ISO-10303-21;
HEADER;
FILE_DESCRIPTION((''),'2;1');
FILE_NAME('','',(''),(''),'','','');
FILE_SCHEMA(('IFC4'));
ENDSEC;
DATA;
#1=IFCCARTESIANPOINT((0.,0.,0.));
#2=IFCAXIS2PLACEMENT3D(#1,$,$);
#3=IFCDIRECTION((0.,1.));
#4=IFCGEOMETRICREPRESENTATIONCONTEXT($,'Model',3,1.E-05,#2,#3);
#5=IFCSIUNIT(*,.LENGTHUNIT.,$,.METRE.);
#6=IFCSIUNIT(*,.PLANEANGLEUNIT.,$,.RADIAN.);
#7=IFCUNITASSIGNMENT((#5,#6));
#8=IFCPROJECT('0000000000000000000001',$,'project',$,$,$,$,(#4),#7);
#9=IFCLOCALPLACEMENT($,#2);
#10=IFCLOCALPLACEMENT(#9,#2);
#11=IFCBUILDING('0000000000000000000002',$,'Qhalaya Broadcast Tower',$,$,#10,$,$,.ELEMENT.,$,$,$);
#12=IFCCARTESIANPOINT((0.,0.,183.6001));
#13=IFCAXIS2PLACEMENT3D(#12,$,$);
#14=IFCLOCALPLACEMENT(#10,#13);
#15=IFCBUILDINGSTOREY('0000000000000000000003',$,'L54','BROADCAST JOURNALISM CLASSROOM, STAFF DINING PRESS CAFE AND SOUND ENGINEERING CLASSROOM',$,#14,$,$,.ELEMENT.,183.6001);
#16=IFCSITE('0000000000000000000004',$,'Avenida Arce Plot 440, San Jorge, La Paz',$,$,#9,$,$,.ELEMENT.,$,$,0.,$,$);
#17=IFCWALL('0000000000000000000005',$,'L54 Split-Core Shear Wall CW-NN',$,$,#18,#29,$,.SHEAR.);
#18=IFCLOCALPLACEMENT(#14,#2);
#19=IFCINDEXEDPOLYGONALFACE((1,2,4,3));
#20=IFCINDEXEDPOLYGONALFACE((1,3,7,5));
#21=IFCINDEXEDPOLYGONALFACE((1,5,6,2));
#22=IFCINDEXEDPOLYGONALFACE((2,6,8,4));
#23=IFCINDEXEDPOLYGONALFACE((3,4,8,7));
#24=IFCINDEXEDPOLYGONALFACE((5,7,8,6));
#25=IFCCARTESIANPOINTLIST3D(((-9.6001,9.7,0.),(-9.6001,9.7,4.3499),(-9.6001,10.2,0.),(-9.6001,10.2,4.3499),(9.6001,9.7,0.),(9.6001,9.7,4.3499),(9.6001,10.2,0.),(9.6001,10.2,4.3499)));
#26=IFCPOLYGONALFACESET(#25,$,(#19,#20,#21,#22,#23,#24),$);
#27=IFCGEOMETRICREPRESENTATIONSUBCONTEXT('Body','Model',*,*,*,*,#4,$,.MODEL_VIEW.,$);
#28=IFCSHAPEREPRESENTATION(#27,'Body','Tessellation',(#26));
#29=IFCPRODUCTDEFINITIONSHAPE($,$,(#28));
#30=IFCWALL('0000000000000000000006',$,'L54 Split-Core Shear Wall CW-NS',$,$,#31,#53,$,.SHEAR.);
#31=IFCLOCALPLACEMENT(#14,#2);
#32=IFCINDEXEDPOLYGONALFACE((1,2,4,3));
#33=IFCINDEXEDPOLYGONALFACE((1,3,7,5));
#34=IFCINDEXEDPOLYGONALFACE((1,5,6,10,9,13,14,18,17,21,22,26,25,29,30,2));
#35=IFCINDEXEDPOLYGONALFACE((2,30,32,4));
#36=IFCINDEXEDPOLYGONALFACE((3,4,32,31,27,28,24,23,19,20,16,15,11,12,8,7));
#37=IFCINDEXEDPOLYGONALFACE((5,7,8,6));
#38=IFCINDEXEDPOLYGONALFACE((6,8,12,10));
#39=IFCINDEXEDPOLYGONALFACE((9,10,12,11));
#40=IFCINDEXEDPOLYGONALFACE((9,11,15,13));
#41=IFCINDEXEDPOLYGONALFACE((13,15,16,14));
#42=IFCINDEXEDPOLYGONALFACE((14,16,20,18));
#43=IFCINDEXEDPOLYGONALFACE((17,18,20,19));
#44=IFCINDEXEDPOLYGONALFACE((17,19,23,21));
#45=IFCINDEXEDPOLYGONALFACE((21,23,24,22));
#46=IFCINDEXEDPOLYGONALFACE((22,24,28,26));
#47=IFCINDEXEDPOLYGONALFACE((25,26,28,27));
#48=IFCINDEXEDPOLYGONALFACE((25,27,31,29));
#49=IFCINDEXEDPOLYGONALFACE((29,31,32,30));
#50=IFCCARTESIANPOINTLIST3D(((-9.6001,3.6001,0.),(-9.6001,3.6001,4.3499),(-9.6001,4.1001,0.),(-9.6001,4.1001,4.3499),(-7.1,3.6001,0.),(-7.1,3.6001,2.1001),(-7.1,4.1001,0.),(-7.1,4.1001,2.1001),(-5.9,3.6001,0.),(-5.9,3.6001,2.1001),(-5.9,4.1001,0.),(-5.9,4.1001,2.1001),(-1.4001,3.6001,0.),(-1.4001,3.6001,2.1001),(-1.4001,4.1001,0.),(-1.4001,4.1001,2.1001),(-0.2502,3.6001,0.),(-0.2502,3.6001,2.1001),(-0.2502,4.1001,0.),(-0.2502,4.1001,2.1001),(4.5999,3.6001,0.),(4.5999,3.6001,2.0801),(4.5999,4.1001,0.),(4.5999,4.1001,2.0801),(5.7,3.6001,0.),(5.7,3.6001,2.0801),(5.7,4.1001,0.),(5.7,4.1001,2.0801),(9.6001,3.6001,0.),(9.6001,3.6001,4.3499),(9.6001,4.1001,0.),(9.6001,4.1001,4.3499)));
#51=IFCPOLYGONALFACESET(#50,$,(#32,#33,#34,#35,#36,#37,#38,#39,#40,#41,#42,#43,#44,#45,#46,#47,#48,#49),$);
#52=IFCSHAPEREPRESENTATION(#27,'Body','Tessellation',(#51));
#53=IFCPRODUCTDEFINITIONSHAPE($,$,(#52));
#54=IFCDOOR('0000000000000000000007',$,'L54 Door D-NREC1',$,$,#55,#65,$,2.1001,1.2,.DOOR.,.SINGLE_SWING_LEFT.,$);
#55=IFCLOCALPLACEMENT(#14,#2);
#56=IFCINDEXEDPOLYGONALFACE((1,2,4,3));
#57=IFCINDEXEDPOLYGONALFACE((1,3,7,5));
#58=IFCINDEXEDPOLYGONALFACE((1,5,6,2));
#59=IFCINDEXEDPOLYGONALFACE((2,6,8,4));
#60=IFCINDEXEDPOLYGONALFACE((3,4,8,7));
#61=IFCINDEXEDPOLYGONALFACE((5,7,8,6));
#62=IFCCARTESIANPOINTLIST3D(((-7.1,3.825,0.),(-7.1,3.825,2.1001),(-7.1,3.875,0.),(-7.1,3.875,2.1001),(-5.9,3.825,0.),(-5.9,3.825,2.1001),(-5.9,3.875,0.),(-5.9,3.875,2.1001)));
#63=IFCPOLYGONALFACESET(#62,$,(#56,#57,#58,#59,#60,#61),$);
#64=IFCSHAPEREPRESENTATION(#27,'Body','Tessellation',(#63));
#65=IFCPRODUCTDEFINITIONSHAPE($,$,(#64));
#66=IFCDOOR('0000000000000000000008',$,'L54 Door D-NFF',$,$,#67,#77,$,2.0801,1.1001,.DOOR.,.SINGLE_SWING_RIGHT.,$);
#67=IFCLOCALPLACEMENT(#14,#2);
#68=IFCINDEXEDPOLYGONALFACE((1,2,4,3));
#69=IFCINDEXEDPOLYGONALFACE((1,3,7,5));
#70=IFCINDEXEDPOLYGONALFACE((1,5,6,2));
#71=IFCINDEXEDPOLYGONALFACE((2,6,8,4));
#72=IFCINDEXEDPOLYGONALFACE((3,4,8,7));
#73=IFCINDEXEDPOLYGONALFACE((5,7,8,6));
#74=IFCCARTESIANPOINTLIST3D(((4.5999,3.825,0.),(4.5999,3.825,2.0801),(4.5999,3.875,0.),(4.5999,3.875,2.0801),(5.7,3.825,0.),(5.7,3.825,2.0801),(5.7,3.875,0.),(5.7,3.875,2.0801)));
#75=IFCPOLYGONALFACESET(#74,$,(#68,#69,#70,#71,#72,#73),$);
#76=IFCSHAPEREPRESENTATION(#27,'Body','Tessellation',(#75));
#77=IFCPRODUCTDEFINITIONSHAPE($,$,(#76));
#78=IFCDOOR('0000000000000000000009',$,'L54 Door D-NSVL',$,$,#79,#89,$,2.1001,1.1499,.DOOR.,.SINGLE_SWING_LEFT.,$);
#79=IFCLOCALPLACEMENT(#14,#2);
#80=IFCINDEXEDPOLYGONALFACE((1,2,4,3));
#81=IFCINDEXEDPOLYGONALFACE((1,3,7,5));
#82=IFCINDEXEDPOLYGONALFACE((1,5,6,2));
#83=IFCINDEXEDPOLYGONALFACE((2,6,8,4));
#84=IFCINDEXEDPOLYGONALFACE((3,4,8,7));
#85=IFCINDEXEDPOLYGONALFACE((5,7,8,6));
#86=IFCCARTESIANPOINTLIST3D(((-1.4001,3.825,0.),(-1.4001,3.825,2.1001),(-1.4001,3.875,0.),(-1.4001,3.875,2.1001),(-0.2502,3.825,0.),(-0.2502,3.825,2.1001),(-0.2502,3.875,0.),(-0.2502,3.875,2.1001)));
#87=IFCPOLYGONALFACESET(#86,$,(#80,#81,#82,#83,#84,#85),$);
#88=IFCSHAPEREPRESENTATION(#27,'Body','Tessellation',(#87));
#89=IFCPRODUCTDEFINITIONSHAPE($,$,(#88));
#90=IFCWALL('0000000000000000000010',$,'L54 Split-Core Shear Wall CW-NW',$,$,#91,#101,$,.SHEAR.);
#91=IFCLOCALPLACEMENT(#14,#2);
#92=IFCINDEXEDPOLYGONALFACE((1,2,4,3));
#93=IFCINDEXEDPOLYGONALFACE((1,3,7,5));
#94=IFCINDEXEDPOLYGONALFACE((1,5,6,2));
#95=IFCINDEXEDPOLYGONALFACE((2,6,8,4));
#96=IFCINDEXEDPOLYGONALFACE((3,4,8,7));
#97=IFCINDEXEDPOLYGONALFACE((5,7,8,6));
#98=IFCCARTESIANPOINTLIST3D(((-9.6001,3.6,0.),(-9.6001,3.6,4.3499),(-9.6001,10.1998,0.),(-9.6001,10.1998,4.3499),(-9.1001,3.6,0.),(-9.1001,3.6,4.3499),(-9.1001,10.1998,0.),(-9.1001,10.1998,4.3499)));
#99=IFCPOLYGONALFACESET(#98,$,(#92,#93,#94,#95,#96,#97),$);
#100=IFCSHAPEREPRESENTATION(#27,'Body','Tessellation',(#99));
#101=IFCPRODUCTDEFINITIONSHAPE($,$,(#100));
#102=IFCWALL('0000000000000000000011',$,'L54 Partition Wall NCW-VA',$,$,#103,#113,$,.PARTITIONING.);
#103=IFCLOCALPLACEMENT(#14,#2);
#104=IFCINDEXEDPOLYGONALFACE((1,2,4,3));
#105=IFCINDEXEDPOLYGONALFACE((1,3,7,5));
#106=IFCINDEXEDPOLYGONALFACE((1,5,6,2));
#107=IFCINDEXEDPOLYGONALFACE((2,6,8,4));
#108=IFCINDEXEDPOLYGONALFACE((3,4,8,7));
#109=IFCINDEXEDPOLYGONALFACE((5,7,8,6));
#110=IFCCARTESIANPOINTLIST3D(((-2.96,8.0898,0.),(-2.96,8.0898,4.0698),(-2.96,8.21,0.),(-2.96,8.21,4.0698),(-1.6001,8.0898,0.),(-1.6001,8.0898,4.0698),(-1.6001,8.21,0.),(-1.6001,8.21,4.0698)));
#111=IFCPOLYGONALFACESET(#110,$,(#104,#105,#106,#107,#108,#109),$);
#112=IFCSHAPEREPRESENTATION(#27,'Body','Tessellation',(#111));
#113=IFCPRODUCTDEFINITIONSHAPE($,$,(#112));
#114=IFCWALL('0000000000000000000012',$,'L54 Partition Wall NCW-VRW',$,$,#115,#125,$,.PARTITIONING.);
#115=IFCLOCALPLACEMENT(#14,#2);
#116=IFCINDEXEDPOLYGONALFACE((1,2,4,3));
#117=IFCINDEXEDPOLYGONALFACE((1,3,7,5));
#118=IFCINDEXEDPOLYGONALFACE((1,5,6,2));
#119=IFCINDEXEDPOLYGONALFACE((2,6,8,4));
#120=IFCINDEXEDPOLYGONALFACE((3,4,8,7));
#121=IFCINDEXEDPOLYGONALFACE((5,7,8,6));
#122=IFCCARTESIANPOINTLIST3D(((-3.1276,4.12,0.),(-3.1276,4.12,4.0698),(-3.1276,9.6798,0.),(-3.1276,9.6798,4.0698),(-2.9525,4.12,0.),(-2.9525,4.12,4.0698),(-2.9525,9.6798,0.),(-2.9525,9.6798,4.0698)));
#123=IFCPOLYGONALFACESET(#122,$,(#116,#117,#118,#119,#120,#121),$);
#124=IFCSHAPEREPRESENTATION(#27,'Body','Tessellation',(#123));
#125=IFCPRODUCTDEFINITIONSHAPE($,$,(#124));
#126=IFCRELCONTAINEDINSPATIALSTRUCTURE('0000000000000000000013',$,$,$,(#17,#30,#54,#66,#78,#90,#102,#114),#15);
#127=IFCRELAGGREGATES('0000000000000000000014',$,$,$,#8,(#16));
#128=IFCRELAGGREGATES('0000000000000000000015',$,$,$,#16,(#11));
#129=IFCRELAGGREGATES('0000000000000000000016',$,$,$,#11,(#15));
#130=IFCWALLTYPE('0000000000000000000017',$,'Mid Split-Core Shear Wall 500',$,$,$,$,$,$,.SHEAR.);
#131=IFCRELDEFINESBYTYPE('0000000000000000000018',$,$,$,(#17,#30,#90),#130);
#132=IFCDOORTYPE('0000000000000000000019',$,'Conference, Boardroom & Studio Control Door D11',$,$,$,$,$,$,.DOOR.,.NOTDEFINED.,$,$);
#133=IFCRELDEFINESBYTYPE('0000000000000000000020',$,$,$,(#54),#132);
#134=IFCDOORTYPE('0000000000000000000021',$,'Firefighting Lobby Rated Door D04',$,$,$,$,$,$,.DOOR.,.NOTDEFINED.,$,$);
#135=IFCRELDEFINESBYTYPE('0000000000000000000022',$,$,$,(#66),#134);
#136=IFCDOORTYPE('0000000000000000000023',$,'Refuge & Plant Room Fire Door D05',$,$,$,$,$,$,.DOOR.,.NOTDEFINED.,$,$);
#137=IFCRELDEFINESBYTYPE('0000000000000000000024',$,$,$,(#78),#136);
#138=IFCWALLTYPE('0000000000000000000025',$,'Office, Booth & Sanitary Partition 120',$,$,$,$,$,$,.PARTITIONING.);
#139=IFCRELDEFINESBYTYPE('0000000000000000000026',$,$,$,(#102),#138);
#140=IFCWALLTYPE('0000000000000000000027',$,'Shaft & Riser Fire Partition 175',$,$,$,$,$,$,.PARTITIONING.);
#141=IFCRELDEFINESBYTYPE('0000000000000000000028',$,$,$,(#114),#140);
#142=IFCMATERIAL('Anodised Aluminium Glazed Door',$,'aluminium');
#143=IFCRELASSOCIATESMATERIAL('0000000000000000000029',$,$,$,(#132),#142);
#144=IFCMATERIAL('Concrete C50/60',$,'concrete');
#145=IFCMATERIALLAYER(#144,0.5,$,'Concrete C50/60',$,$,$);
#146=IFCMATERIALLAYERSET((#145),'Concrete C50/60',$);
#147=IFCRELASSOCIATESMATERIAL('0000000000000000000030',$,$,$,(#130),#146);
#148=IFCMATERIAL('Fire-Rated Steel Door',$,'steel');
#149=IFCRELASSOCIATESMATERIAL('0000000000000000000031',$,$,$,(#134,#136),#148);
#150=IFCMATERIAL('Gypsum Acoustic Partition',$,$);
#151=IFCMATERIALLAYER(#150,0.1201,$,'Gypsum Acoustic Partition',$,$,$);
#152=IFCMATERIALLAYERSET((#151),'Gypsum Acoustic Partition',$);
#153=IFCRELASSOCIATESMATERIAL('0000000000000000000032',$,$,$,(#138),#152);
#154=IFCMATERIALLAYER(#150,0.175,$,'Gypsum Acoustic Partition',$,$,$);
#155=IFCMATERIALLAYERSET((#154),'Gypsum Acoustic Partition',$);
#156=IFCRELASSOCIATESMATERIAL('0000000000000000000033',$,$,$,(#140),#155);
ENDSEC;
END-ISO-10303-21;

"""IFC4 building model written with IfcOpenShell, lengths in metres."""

from ifc_helpers import new_model, si_unit, direction, frame, frame_2d, origin, place, context, subcontext, project, spatial, rectangle, extrude, material, layer, layer_set, type_object, element, fill, save


model = new_model("IFC4")

# Units and contexts
model_context = context("Model", 3, precision=1e-05, world=origin(), true_north=direction((0.0, 1.0)))
body_context = subcontext(model_context, "Body", "Model", "MODEL_VIEW")
ifc_project = project(units=[si_unit("LENGTHUNIT", "METRE"), si_unit("PLANEANGLEUNIT", "RADIAN")], contexts=[model_context])

# Site, building, storey
site_placement = place(None, origin())
site = spatial("IfcSite", under=ifc_project, at=site_placement, Name="Avenida Arce Plot 440, San Jorge, La Paz", CompositionType="ELEMENT", RefElevation=0.0)
building_placement = place(site_placement, origin())
building = spatial("IfcBuilding", under=site, at=building_placement, Name="Qhalaya Broadcast Tower", CompositionType="ELEMENT")
storey_placement = place(building_placement, frame((0.0, 0.0, 183.6001)))
storey = spatial("IfcBuildingStorey", under=building, at=storey_placement, Name="L54", Description="BROADCAST JOURNALISM CLASSROOM, STAFF DINING PRESS CAFE AND SOUND ENGINEERING CLASSROOM", CompositionType="ELEMENT", Elevation=183.6001)

# Shared definitions
ifc_material_1 = material(Name="Concrete C50/60", Category="concrete")

# Shared definitions
ifc_material_2 = material(Name="Gypsum Acoustic Partition")
ifc_material_3 = material(Name="Fire-Rated Steel Door", Category="steel")

# Shared definitions
ifc_material_4 = material(Name="Anodised Aluminium Glazed Door", Category="aluminium")
door_type_1 = type_object("IfcDoorType", Name="Conference, Boardroom & Studio Control Door D11", OperationType="NOTDEFINED", PredefinedType="DOOR", material=ifc_material_4)

# Wall
ifc_layer_1 = layer(ifc_material_1, 0.5, Name="Concrete C50/60")
ifc_layer_set_1 = layer_set([ifc_layer_1], Name="Concrete C50/60")
wall_type_1 = type_object("IfcWallType", Name="Mid Split-Core Shear Wall 500", PredefinedType="SHEAR", material=ifc_layer_set_1)
wall_1_placement = place(storey_placement, frame((-9.6001, 9.95, 0.0), z_axis=(0.0, 0.0, 1.0), x_axis=(1.0, 0.0, 0.0)))
element("IfcWall", 1, at=wall_1_placement, inside=storey, type_object=wall_type_1, Name="L54 Split-Core Shear Wall CW-NN", PredefinedType="SHEAR", context=body_context, shape_type="SweptSolid", body=[
    extrude(rectangle(XDim=19.2002, YDim=0.5, at=frame_2d((9.6001, 0.0))), origin(), (0.0, 0.0, 1.0), 4.3499),
])

# Wall, openings, doors
wall_2_placement = place(storey_placement, frame((-9.6001, 3.8501, 0.0), z_axis=(0.0, 0.0, 1.0), x_axis=(1.0, 0.0, 0.0)))
wall_2 = element("IfcWall", 2, at=wall_2_placement, inside=storey, type_object=wall_type_1, Name="L54 Split-Core Shear Wall CW-NS", PredefinedType="SHEAR", context=body_context, shape_type="SweptSolid", body=[
    extrude(rectangle(XDim=19.2002, YDim=0.5, at=frame_2d((9.6001, 0.0))), origin(), (0.0, 0.0, 1.0), 4.3499),
])
opening_1_placement = place(wall_2_placement, frame((14.2, 0.0, 0.0)))
opening_1 = element("IfcOpeningElement", 3, at=opening_1_placement, cuts=wall_2, PredefinedType="OPENING", context=body_context, shape_type="SweptSolid", body=[
    extrude(rectangle(XDim=1.1001, YDim=2.0801, at=frame_2d((0.55, 1.04))), frame((0.0, 0.262, 0.0), z_axis=(0.0, -1.0, 0.0), x_axis=(1.0, 0.0, 0.0)), (0.0, 0.0, 1.0), 0.5239),
])
opening_2_placement = place(wall_2_placement, frame((8.2, 0.0, 0.0)))
opening_2 = element("IfcOpeningElement", 4, at=opening_2_placement, cuts=wall_2, PredefinedType="OPENING", context=body_context, shape_type="SweptSolid", body=[
    extrude(rectangle(XDim=1.1499, YDim=2.1001, at=frame_2d((0.575, 1.05))), frame((0.0, 0.262, 0.0), z_axis=(0.0, -1.0, 0.0), x_axis=(1.0, 0.0, 0.0)), (0.0, 0.0, 1.0), 0.5239),
])
opening_3_placement = place(wall_2_placement, frame((2.5, 0.0, 0.0)))
opening_3 = element("IfcOpeningElement", 5, at=opening_3_placement, cuts=wall_2, PredefinedType="OPENING", context=body_context, shape_type="SweptSolid", body=[
    extrude(rectangle(XDim=1.2, YDim=2.1001, at=frame_2d((0.6001, 1.05))), frame((0.0, 0.262, 0.0), z_axis=(0.0, -1.0, 0.0), x_axis=(1.0, 0.0, 0.0)), (0.0, 0.0, 1.0), 0.5239),
])
door_1_placement = place(opening_3_placement, origin())
door_1 = element("IfcDoor", 6, at=door_1_placement, inside=storey, type_object=door_type_1, Name="L54 Door D-NREC1", OperationType="SINGLE_SWING_LEFT", OverallHeight=2.1001, OverallWidth=1.2, PredefinedType="DOOR", context=body_context, shape_type="SweptSolid", body=[
    extrude(rectangle(XDim=1.2, YDim=2.1001, at=frame_2d((0.6001, 1.05))), frame((0.0, 0.0249, 0.0), z_axis=(0.0, -1.0, 0.0), x_axis=(1.0, 0.0, 0.0)), (0.0, 0.0, 1.0), 0.05),
])
fill(opening_3, door_1)
door_type_2 = type_object("IfcDoorType", Name="Firefighting Lobby Rated Door D04", OperationType="NOTDEFINED", PredefinedType="DOOR", material=ifc_material_3)
door_2_placement = place(opening_1_placement, origin())
door_2 = element("IfcDoor", 7, at=door_2_placement, inside=storey, type_object=door_type_2, Name="L54 Door D-NFF", OperationType="SINGLE_SWING_RIGHT", OverallHeight=2.0801, OverallWidth=1.1001, PredefinedType="DOOR", context=body_context, shape_type="SweptSolid", body=[
    extrude(rectangle(XDim=1.1001, YDim=2.0801, at=frame_2d((0.55, 1.04))), frame((0.0, 0.0249, 0.0), z_axis=(0.0, -1.0, 0.0), x_axis=(1.0, 0.0, 0.0)), (0.0, 0.0, 1.0), 0.05),
])
fill(opening_1, door_2)
door_type_3 = type_object("IfcDoorType", Name="Refuge & Plant Room Fire Door D05", OperationType="NOTDEFINED", PredefinedType="DOOR", material=ifc_material_3)
door_3_placement = place(opening_2_placement, origin())
door_3 = element("IfcDoor", 8, at=door_3_placement, inside=storey, type_object=door_type_3, Name="L54 Door D-NSVL", OperationType="SINGLE_SWING_LEFT", OverallHeight=2.1001, OverallWidth=1.1499, PredefinedType="DOOR", context=body_context, shape_type="SweptSolid", body=[
    extrude(rectangle(XDim=1.1499, YDim=2.1001, at=frame_2d((0.575, 1.05))), frame((0.0, 0.0249, 0.0), z_axis=(0.0, -1.0, 0.0), x_axis=(1.0, 0.0, 0.0)), (0.0, 0.0, 1.0), 0.05),
])
fill(opening_2, door_3)

# Walls
wall_3_placement = place(storey_placement, frame((-9.3501, 3.6001, 0.0), z_axis=(0.0, 0.0, 1.0), x_axis=(0.0, 1.0, 0.0)))
element("IfcWall", 9, at=wall_3_placement, inside=storey, type_object=wall_type_1, Name="L54 Split-Core Shear Wall CW-NW", PredefinedType="SHEAR", context=body_context, shape_type="SweptSolid", body=[
    extrude(rectangle(XDim=6.5999, YDim=0.5, at=frame_2d((3.2998, 0.0))), origin(), (0.0, 0.0, 1.0), 4.3499),
])
ifc_layer_2 = layer(ifc_material_2, 0.1201, Name="Gypsum Acoustic Partition")
ifc_layer_set_2 = layer_set([ifc_layer_2], Name="Gypsum Acoustic Partition")
wall_type_2 = type_object("IfcWallType", Name="Office, Booth & Sanitary Partition 120", PredefinedType="PARTITIONING", material=ifc_layer_set_2)
wall_4_placement = place(storey_placement, frame((-2.96, 8.1499, 0.0), z_axis=(0.0, 0.0, 1.0), x_axis=(1.0, 0.0, 0.0)))
element("IfcWall", 10, at=wall_4_placement, inside=storey, type_object=wall_type_2, Name="L54 Partition Wall NCW-VA", PredefinedType="PARTITIONING", context=body_context, shape_type="SweptSolid", body=[
    extrude(rectangle(XDim=1.3599, YDim=0.1201, at=frame_2d((0.6799, 0.0))), origin(), (0.0, 0.0, 1.0), 4.0698),
])
ifc_layer_3 = layer(ifc_material_2, 0.175, Name="Gypsum Acoustic Partition")
ifc_layer_set_3 = layer_set([ifc_layer_3], Name="Gypsum Acoustic Partition")
wall_type_3 = type_object("IfcWallType", Name="Shaft & Riser Fire Partition 175", PredefinedType="PARTITIONING", material=ifc_layer_set_3)
wall_5_placement = place(storey_placement, frame((-3.04, 4.1201, 0.0), z_axis=(0.0, 0.0, 1.0), x_axis=(0.0, 1.0, 0.0)))
element("IfcWall", 11, at=wall_5_placement, inside=storey, type_object=wall_type_3, Name="L54 Partition Wall NCW-VRW", PredefinedType="PARTITIONING", context=body_context, shape_type="SweptSolid", body=[
    extrude(rectangle(XDim=5.5598, YDim=0.175, at=frame_2d((2.7798, 0.0))), origin(), (0.0, 0.0, 1.0), 4.0698),
])

save(model, "model.ifc")
